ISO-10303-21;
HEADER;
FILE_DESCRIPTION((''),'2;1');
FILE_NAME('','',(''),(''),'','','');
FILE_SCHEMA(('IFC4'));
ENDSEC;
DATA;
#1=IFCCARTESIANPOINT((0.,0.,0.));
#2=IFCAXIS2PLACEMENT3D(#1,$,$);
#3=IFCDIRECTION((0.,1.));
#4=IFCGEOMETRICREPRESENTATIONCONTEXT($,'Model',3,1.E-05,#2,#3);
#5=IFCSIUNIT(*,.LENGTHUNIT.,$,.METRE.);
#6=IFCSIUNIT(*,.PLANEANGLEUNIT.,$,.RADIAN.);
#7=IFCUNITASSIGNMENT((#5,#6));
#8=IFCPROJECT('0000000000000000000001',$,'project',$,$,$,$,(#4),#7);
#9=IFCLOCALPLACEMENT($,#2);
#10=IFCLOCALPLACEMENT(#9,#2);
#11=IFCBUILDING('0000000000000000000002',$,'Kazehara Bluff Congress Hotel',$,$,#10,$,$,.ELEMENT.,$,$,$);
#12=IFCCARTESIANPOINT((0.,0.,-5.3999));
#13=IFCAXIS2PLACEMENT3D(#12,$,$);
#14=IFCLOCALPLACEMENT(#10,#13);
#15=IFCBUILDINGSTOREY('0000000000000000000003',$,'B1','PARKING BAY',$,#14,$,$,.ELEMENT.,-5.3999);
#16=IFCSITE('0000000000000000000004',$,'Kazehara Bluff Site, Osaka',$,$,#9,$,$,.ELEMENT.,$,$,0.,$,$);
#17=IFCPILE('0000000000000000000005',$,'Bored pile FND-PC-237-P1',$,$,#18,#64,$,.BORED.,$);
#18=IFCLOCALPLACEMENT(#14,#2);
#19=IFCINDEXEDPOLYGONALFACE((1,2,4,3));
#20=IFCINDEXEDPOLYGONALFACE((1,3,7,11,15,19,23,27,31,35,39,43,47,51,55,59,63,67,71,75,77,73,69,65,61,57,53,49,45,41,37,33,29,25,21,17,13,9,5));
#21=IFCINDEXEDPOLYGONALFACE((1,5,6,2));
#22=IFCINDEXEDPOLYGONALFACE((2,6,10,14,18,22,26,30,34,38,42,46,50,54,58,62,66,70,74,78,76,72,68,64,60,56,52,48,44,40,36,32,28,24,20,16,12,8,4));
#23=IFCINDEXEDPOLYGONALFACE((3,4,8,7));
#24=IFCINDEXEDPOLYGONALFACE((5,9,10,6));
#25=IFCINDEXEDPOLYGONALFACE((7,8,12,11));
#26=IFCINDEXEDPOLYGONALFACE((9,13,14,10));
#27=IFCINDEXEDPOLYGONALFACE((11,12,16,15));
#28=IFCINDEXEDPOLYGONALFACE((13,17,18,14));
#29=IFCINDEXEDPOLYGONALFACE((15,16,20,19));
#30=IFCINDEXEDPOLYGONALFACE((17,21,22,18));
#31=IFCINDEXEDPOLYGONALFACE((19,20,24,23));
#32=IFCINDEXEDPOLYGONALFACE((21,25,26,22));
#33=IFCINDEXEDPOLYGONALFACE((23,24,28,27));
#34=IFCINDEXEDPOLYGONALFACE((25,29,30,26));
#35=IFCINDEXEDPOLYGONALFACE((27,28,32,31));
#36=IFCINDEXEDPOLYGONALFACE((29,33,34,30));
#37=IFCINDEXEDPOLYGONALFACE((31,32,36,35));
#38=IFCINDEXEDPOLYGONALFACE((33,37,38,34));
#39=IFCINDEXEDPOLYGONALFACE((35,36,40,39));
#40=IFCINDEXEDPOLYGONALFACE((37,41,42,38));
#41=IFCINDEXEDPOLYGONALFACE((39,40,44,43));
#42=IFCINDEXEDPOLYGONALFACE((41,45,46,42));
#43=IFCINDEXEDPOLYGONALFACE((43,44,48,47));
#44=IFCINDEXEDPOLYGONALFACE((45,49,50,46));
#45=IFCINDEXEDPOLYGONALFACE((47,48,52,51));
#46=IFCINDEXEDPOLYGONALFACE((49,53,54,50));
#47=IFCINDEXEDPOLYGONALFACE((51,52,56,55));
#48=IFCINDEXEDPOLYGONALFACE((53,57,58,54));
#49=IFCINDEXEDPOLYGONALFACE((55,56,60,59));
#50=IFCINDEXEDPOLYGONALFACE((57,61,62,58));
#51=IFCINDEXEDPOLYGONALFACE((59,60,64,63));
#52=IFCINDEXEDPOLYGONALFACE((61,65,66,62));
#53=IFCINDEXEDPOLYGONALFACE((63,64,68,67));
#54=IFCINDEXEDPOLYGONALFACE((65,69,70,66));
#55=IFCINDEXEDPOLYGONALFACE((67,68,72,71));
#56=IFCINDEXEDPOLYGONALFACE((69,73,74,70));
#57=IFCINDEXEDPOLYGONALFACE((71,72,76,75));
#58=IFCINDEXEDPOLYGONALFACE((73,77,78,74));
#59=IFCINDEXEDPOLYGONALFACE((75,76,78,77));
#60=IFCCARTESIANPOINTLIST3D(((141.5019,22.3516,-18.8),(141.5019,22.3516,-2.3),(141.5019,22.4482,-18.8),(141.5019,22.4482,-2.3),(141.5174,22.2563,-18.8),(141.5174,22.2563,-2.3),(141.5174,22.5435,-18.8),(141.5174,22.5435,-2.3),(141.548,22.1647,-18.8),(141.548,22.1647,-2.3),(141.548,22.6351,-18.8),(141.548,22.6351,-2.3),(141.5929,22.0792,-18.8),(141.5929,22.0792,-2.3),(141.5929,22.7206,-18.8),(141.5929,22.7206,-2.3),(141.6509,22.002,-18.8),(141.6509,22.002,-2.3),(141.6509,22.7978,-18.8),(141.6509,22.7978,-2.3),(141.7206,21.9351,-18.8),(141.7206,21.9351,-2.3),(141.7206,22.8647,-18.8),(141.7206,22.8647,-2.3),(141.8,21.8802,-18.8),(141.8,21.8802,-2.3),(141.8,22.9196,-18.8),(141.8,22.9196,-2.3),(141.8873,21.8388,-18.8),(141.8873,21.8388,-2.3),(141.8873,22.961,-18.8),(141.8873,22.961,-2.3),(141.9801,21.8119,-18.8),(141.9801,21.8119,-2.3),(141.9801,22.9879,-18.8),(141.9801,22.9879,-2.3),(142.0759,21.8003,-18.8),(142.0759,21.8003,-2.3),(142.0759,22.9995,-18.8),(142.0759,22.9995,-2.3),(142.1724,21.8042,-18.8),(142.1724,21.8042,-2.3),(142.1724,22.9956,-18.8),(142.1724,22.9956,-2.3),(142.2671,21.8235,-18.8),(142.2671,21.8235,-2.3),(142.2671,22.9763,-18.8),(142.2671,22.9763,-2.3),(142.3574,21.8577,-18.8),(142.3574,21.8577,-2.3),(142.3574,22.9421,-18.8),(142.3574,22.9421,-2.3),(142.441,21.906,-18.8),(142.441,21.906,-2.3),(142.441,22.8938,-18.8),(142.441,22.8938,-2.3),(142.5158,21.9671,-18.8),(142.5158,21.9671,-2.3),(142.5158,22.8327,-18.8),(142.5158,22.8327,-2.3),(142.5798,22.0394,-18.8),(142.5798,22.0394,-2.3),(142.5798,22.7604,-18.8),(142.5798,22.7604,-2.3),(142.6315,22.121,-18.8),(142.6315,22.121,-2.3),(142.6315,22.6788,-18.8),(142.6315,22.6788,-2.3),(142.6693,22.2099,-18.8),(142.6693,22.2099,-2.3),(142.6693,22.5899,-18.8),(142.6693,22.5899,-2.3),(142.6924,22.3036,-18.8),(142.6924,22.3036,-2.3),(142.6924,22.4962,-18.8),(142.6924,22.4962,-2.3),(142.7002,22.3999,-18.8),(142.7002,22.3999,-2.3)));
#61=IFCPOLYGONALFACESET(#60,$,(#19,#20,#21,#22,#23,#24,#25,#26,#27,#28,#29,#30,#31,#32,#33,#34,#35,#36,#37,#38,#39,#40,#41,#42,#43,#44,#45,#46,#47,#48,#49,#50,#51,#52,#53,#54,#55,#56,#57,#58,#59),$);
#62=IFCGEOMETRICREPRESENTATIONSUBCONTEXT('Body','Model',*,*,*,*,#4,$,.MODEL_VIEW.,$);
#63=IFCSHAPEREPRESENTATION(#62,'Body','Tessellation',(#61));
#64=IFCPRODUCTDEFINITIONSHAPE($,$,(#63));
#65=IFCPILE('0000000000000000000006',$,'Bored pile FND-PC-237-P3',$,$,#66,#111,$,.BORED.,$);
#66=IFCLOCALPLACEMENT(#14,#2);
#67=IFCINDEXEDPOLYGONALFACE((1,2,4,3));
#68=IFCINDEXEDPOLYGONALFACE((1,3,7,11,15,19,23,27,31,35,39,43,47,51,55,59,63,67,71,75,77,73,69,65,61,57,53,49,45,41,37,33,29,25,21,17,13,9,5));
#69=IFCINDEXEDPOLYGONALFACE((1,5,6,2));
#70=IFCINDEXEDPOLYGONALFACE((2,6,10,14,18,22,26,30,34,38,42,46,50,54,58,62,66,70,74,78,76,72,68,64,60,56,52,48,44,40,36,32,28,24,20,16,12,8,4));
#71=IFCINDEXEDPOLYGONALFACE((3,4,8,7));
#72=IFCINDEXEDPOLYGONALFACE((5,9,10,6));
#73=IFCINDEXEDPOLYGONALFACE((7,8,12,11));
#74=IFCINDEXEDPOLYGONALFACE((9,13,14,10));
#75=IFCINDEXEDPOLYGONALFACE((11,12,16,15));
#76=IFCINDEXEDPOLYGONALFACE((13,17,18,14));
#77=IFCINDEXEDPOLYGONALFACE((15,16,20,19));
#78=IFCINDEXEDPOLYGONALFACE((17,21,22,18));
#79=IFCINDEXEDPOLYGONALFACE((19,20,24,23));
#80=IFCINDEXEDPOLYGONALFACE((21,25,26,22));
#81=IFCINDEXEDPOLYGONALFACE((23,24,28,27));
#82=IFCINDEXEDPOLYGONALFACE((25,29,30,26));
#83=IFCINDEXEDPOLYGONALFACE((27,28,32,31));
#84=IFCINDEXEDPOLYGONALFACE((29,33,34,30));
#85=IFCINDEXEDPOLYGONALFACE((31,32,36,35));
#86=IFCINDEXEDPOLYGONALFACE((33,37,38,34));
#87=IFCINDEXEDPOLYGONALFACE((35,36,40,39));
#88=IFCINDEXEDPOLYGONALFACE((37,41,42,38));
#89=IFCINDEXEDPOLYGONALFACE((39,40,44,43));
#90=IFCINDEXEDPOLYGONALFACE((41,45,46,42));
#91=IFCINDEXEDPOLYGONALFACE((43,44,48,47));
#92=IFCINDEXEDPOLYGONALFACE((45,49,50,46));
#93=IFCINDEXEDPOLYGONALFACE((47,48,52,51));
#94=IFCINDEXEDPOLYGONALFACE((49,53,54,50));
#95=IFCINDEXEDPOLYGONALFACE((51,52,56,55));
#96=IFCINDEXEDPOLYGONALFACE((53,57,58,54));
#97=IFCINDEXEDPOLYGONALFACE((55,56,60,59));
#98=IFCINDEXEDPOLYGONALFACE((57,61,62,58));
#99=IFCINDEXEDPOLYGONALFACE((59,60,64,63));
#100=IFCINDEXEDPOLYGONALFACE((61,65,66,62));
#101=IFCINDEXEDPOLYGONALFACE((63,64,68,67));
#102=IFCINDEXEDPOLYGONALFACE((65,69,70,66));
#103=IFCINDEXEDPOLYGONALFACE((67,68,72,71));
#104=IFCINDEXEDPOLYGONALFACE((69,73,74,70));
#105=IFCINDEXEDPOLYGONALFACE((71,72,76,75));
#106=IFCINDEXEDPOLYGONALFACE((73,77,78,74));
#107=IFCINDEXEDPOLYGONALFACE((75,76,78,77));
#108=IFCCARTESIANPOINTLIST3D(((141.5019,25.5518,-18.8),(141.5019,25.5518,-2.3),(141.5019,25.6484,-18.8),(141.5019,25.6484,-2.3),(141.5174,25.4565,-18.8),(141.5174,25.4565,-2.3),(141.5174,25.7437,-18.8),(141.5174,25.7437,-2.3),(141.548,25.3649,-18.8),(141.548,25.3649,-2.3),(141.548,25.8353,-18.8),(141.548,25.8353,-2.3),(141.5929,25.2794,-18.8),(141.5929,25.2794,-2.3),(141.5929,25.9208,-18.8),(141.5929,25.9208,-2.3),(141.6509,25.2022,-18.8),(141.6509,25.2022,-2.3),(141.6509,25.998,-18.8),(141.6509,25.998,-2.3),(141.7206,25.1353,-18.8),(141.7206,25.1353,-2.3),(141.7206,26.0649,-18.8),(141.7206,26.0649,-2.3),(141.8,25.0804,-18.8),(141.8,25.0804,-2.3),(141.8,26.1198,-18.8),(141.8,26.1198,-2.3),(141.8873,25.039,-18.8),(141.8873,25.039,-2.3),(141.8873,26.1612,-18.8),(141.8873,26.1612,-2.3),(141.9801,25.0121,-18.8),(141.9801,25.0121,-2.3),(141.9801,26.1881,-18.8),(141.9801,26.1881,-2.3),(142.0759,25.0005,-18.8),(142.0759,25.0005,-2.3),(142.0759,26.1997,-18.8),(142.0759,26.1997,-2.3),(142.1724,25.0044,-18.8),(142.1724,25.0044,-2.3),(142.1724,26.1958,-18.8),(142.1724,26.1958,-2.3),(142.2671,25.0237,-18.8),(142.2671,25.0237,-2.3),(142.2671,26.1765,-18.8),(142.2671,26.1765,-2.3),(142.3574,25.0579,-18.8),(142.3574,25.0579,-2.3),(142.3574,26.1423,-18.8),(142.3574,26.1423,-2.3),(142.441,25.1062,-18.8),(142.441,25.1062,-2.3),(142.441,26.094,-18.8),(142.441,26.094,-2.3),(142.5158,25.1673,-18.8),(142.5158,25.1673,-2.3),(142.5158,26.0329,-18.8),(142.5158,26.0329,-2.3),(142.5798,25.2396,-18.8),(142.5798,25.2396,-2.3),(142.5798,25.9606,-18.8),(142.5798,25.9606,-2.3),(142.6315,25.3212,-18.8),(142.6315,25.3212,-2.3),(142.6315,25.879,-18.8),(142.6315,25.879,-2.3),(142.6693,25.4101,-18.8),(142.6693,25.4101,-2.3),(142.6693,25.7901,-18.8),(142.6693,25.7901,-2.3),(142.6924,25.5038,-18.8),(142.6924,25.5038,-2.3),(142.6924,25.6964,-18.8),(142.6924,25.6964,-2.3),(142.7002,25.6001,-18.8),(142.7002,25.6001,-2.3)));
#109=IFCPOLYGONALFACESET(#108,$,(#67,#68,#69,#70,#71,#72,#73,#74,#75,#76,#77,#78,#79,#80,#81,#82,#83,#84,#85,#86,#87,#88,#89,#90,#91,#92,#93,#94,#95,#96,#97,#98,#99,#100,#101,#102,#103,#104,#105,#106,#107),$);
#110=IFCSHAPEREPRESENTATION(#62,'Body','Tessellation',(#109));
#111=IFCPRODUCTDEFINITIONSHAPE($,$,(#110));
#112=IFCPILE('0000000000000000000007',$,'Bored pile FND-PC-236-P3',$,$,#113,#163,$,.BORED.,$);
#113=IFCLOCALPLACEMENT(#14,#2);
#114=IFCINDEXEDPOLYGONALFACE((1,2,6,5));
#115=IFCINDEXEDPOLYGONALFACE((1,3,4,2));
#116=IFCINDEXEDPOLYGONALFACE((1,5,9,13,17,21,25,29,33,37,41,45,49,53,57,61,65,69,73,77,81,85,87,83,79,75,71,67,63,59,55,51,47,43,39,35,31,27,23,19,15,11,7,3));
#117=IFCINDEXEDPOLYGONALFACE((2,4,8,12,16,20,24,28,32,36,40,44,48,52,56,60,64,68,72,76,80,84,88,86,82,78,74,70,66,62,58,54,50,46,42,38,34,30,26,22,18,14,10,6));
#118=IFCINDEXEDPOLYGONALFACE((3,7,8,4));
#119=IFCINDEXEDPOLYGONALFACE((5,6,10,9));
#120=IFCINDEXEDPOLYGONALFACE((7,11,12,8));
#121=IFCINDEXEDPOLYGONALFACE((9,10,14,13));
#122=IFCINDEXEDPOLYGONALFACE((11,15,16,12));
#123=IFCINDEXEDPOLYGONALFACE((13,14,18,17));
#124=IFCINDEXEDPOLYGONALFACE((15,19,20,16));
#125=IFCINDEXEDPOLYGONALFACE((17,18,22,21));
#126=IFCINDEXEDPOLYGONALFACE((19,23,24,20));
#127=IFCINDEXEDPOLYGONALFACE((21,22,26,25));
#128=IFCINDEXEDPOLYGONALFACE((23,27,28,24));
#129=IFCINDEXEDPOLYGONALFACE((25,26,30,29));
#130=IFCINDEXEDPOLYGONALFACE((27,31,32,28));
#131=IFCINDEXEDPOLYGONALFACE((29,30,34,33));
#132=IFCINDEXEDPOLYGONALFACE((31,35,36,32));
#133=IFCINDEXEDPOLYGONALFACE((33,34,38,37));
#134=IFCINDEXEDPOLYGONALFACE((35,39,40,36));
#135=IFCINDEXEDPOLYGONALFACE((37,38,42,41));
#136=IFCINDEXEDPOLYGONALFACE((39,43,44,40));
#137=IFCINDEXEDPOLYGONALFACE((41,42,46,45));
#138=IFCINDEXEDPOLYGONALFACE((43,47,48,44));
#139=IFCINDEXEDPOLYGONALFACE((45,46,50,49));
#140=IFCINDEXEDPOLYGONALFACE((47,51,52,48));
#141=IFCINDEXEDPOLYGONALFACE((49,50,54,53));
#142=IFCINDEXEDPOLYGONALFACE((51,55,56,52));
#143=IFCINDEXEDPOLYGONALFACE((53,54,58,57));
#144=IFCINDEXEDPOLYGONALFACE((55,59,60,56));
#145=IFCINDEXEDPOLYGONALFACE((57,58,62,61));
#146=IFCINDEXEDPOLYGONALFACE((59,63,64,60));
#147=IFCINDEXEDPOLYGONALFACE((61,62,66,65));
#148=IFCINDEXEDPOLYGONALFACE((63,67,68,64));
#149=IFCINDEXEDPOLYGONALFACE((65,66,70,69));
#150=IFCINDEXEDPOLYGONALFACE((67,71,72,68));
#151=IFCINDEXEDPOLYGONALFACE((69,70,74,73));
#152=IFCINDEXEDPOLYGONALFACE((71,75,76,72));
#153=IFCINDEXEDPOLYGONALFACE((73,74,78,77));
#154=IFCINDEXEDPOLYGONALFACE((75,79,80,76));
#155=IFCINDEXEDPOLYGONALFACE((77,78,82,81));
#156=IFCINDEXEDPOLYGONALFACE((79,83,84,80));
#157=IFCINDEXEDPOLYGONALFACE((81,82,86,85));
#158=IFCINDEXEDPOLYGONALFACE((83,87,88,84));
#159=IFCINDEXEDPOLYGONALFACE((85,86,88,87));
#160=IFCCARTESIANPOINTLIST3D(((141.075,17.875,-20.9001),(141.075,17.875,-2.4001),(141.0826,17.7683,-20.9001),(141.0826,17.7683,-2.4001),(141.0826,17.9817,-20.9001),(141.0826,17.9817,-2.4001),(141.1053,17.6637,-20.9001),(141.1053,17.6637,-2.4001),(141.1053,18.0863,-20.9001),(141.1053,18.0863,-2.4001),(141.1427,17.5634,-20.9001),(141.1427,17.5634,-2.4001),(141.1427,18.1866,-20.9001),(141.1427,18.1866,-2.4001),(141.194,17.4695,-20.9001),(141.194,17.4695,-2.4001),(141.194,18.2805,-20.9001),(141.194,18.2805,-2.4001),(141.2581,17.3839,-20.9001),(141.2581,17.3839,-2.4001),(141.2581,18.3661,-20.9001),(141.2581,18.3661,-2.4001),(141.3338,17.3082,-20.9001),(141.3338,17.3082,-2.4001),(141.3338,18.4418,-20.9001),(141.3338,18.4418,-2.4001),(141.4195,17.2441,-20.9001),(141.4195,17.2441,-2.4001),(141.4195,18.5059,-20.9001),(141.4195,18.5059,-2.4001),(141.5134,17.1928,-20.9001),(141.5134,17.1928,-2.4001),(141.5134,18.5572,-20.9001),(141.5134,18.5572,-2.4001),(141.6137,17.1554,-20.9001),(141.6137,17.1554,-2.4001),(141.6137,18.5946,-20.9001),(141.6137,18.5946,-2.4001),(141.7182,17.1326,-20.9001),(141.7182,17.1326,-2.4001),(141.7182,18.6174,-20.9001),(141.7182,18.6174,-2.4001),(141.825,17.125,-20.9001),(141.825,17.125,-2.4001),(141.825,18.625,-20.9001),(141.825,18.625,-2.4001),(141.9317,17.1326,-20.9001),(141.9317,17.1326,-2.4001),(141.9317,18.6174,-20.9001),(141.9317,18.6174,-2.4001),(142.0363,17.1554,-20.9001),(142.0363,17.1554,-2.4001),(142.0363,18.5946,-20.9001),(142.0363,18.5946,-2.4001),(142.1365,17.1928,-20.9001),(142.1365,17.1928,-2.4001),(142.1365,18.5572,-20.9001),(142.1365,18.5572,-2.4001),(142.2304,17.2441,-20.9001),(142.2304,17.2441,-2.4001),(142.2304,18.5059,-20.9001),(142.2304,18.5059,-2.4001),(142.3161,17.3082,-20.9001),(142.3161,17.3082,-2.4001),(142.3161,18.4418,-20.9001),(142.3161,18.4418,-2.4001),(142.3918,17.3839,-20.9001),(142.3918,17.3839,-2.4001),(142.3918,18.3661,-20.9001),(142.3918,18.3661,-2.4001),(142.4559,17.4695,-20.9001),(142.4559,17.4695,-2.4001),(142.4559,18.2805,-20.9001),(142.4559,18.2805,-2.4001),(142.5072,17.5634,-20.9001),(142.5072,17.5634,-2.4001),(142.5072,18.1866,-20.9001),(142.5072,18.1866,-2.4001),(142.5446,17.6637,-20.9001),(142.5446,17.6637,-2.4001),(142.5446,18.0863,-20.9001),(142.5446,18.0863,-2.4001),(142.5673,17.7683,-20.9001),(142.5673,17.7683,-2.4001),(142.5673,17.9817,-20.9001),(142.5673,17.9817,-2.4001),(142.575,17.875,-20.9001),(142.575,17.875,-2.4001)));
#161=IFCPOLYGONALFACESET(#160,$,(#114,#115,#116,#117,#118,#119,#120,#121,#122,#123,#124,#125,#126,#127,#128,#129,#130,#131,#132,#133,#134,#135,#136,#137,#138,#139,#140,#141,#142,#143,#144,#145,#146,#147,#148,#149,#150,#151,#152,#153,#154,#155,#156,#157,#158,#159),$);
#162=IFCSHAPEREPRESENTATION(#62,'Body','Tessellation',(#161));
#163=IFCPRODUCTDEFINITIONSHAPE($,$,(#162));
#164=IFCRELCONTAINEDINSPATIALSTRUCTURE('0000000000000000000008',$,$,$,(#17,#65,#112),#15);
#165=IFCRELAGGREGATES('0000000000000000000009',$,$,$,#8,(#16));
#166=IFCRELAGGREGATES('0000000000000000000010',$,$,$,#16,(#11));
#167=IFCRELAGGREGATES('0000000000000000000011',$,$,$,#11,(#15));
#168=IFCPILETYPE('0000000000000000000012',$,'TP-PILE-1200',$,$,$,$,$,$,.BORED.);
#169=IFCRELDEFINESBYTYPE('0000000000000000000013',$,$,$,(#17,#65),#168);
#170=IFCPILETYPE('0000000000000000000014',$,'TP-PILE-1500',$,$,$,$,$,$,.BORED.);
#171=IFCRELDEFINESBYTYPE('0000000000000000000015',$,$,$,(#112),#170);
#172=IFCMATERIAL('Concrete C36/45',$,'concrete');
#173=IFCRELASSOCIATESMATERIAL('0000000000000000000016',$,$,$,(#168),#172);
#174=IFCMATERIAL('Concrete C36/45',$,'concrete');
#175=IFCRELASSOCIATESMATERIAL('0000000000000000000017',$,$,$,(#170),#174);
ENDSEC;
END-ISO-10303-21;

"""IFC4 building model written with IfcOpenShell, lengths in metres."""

from ifc_helpers import new_model, si_unit, direction, frame, origin, origin_2d, place, context, subcontext, project, spatial, circle, extrude, material, material_profile, profile_set, type_object, element, save


model = new_model("IFC4")

# Units and contexts
model_context = context("Model", 3, precision=1e-05, world=origin(), true_north=direction((0.0, 1.0)))
body_context = subcontext(model_context, "Body", "Model", "MODEL_VIEW")
ifc_project = project(units=[si_unit("LENGTHUNIT", "METRE"), si_unit("PLANEANGLEUNIT", "RADIAN")], contexts=[model_context])

# Site, building, storey
site_placement = place(None, origin())
site = spatial("IfcSite", under=ifc_project, at=site_placement, Name="Kazehara Bluff Site, Osaka", CompositionType="ELEMENT", RefElevation=0.0)
building_placement = place(site_placement, origin())
building = spatial("IfcBuilding", under=site, at=building_placement, Name="Kazehara Bluff Congress Hotel", CompositionType="ELEMENT")
storey_placement = place(building_placement, frame((0.0, 0.0, -5.3999)))
storey = spatial("IfcBuildingStorey", under=building, at=storey_placement, Name="B1", Description="PARKING BAY", CompositionType="ELEMENT", Elevation=-5.3999)

# Piles
ifc_material_1 = material(Name="Concrete C36/45", Category="concrete")
ifc_material_profile_1 = material_profile(ifc_material_1, circle(Radius=0.6001, at=origin_2d()))
ifc_profile_set_1 = profile_set([ifc_material_profile_1], Name="Concrete C36/45")
pile_type_1 = type_object("IfcPileType", Name="TP-PILE-1200", PredefinedType="BORED", material=ifc_profile_set_1)
for number, where, z_axis, x_axis, name in (
    (1, (142.1001, 22.3999, -2.3), (0.0, 0.0, -1.0), (1.0, 0.0, 0.0), "Bored pile FND-PC-237-P1"),
    (2, (142.1001, 25.6001, -2.3), (0.0, 0.0, -1.0), (1.0, 0.0, 0.0), "Bored pile FND-PC-237-P3"),
):
    element("IfcPile", number, at=place(storey_placement, frame(where, z_axis=z_axis, x_axis=x_axis)), inside=storey, type_object=pile_type_1, Name=name, PredefinedType="BORED", context=body_context, shape_type="SweptSolid", body=[
        extrude(circle(Radius=0.6001, at=origin_2d()), origin(), (0.0, 0.0, 1.0), 16.5),
    ])
ifc_material_2 = material(Name="Concrete C36/45", Category="concrete")
ifc_material_profile_2 = material_profile(ifc_material_2, circle(Radius=0.75, at=origin_2d()))
ifc_profile_set_2 = profile_set([ifc_material_profile_2], Name="Concrete C36/45")
pile_type_2 = type_object("IfcPileType", Name="TP-PILE-1500", PredefinedType="BORED", material=ifc_profile_set_2)
pile_placement = place(storey_placement, frame((141.825, 17.875, -2.4001), z_axis=(0.0, 0.0, -1.0), x_axis=(1.0, 0.0, 0.0)))
element("IfcPile", 3, at=pile_placement, inside=storey, type_object=pile_type_2, Name="Bored pile FND-PC-236-P3", PredefinedType="BORED", context=body_context, shape_type="SweptSolid", body=[
    extrude(circle(Radius=0.75, at=origin_2d()), origin(), (0.0, 0.0, 1.0), 18.5),
])

save(model, "model.ifc")
